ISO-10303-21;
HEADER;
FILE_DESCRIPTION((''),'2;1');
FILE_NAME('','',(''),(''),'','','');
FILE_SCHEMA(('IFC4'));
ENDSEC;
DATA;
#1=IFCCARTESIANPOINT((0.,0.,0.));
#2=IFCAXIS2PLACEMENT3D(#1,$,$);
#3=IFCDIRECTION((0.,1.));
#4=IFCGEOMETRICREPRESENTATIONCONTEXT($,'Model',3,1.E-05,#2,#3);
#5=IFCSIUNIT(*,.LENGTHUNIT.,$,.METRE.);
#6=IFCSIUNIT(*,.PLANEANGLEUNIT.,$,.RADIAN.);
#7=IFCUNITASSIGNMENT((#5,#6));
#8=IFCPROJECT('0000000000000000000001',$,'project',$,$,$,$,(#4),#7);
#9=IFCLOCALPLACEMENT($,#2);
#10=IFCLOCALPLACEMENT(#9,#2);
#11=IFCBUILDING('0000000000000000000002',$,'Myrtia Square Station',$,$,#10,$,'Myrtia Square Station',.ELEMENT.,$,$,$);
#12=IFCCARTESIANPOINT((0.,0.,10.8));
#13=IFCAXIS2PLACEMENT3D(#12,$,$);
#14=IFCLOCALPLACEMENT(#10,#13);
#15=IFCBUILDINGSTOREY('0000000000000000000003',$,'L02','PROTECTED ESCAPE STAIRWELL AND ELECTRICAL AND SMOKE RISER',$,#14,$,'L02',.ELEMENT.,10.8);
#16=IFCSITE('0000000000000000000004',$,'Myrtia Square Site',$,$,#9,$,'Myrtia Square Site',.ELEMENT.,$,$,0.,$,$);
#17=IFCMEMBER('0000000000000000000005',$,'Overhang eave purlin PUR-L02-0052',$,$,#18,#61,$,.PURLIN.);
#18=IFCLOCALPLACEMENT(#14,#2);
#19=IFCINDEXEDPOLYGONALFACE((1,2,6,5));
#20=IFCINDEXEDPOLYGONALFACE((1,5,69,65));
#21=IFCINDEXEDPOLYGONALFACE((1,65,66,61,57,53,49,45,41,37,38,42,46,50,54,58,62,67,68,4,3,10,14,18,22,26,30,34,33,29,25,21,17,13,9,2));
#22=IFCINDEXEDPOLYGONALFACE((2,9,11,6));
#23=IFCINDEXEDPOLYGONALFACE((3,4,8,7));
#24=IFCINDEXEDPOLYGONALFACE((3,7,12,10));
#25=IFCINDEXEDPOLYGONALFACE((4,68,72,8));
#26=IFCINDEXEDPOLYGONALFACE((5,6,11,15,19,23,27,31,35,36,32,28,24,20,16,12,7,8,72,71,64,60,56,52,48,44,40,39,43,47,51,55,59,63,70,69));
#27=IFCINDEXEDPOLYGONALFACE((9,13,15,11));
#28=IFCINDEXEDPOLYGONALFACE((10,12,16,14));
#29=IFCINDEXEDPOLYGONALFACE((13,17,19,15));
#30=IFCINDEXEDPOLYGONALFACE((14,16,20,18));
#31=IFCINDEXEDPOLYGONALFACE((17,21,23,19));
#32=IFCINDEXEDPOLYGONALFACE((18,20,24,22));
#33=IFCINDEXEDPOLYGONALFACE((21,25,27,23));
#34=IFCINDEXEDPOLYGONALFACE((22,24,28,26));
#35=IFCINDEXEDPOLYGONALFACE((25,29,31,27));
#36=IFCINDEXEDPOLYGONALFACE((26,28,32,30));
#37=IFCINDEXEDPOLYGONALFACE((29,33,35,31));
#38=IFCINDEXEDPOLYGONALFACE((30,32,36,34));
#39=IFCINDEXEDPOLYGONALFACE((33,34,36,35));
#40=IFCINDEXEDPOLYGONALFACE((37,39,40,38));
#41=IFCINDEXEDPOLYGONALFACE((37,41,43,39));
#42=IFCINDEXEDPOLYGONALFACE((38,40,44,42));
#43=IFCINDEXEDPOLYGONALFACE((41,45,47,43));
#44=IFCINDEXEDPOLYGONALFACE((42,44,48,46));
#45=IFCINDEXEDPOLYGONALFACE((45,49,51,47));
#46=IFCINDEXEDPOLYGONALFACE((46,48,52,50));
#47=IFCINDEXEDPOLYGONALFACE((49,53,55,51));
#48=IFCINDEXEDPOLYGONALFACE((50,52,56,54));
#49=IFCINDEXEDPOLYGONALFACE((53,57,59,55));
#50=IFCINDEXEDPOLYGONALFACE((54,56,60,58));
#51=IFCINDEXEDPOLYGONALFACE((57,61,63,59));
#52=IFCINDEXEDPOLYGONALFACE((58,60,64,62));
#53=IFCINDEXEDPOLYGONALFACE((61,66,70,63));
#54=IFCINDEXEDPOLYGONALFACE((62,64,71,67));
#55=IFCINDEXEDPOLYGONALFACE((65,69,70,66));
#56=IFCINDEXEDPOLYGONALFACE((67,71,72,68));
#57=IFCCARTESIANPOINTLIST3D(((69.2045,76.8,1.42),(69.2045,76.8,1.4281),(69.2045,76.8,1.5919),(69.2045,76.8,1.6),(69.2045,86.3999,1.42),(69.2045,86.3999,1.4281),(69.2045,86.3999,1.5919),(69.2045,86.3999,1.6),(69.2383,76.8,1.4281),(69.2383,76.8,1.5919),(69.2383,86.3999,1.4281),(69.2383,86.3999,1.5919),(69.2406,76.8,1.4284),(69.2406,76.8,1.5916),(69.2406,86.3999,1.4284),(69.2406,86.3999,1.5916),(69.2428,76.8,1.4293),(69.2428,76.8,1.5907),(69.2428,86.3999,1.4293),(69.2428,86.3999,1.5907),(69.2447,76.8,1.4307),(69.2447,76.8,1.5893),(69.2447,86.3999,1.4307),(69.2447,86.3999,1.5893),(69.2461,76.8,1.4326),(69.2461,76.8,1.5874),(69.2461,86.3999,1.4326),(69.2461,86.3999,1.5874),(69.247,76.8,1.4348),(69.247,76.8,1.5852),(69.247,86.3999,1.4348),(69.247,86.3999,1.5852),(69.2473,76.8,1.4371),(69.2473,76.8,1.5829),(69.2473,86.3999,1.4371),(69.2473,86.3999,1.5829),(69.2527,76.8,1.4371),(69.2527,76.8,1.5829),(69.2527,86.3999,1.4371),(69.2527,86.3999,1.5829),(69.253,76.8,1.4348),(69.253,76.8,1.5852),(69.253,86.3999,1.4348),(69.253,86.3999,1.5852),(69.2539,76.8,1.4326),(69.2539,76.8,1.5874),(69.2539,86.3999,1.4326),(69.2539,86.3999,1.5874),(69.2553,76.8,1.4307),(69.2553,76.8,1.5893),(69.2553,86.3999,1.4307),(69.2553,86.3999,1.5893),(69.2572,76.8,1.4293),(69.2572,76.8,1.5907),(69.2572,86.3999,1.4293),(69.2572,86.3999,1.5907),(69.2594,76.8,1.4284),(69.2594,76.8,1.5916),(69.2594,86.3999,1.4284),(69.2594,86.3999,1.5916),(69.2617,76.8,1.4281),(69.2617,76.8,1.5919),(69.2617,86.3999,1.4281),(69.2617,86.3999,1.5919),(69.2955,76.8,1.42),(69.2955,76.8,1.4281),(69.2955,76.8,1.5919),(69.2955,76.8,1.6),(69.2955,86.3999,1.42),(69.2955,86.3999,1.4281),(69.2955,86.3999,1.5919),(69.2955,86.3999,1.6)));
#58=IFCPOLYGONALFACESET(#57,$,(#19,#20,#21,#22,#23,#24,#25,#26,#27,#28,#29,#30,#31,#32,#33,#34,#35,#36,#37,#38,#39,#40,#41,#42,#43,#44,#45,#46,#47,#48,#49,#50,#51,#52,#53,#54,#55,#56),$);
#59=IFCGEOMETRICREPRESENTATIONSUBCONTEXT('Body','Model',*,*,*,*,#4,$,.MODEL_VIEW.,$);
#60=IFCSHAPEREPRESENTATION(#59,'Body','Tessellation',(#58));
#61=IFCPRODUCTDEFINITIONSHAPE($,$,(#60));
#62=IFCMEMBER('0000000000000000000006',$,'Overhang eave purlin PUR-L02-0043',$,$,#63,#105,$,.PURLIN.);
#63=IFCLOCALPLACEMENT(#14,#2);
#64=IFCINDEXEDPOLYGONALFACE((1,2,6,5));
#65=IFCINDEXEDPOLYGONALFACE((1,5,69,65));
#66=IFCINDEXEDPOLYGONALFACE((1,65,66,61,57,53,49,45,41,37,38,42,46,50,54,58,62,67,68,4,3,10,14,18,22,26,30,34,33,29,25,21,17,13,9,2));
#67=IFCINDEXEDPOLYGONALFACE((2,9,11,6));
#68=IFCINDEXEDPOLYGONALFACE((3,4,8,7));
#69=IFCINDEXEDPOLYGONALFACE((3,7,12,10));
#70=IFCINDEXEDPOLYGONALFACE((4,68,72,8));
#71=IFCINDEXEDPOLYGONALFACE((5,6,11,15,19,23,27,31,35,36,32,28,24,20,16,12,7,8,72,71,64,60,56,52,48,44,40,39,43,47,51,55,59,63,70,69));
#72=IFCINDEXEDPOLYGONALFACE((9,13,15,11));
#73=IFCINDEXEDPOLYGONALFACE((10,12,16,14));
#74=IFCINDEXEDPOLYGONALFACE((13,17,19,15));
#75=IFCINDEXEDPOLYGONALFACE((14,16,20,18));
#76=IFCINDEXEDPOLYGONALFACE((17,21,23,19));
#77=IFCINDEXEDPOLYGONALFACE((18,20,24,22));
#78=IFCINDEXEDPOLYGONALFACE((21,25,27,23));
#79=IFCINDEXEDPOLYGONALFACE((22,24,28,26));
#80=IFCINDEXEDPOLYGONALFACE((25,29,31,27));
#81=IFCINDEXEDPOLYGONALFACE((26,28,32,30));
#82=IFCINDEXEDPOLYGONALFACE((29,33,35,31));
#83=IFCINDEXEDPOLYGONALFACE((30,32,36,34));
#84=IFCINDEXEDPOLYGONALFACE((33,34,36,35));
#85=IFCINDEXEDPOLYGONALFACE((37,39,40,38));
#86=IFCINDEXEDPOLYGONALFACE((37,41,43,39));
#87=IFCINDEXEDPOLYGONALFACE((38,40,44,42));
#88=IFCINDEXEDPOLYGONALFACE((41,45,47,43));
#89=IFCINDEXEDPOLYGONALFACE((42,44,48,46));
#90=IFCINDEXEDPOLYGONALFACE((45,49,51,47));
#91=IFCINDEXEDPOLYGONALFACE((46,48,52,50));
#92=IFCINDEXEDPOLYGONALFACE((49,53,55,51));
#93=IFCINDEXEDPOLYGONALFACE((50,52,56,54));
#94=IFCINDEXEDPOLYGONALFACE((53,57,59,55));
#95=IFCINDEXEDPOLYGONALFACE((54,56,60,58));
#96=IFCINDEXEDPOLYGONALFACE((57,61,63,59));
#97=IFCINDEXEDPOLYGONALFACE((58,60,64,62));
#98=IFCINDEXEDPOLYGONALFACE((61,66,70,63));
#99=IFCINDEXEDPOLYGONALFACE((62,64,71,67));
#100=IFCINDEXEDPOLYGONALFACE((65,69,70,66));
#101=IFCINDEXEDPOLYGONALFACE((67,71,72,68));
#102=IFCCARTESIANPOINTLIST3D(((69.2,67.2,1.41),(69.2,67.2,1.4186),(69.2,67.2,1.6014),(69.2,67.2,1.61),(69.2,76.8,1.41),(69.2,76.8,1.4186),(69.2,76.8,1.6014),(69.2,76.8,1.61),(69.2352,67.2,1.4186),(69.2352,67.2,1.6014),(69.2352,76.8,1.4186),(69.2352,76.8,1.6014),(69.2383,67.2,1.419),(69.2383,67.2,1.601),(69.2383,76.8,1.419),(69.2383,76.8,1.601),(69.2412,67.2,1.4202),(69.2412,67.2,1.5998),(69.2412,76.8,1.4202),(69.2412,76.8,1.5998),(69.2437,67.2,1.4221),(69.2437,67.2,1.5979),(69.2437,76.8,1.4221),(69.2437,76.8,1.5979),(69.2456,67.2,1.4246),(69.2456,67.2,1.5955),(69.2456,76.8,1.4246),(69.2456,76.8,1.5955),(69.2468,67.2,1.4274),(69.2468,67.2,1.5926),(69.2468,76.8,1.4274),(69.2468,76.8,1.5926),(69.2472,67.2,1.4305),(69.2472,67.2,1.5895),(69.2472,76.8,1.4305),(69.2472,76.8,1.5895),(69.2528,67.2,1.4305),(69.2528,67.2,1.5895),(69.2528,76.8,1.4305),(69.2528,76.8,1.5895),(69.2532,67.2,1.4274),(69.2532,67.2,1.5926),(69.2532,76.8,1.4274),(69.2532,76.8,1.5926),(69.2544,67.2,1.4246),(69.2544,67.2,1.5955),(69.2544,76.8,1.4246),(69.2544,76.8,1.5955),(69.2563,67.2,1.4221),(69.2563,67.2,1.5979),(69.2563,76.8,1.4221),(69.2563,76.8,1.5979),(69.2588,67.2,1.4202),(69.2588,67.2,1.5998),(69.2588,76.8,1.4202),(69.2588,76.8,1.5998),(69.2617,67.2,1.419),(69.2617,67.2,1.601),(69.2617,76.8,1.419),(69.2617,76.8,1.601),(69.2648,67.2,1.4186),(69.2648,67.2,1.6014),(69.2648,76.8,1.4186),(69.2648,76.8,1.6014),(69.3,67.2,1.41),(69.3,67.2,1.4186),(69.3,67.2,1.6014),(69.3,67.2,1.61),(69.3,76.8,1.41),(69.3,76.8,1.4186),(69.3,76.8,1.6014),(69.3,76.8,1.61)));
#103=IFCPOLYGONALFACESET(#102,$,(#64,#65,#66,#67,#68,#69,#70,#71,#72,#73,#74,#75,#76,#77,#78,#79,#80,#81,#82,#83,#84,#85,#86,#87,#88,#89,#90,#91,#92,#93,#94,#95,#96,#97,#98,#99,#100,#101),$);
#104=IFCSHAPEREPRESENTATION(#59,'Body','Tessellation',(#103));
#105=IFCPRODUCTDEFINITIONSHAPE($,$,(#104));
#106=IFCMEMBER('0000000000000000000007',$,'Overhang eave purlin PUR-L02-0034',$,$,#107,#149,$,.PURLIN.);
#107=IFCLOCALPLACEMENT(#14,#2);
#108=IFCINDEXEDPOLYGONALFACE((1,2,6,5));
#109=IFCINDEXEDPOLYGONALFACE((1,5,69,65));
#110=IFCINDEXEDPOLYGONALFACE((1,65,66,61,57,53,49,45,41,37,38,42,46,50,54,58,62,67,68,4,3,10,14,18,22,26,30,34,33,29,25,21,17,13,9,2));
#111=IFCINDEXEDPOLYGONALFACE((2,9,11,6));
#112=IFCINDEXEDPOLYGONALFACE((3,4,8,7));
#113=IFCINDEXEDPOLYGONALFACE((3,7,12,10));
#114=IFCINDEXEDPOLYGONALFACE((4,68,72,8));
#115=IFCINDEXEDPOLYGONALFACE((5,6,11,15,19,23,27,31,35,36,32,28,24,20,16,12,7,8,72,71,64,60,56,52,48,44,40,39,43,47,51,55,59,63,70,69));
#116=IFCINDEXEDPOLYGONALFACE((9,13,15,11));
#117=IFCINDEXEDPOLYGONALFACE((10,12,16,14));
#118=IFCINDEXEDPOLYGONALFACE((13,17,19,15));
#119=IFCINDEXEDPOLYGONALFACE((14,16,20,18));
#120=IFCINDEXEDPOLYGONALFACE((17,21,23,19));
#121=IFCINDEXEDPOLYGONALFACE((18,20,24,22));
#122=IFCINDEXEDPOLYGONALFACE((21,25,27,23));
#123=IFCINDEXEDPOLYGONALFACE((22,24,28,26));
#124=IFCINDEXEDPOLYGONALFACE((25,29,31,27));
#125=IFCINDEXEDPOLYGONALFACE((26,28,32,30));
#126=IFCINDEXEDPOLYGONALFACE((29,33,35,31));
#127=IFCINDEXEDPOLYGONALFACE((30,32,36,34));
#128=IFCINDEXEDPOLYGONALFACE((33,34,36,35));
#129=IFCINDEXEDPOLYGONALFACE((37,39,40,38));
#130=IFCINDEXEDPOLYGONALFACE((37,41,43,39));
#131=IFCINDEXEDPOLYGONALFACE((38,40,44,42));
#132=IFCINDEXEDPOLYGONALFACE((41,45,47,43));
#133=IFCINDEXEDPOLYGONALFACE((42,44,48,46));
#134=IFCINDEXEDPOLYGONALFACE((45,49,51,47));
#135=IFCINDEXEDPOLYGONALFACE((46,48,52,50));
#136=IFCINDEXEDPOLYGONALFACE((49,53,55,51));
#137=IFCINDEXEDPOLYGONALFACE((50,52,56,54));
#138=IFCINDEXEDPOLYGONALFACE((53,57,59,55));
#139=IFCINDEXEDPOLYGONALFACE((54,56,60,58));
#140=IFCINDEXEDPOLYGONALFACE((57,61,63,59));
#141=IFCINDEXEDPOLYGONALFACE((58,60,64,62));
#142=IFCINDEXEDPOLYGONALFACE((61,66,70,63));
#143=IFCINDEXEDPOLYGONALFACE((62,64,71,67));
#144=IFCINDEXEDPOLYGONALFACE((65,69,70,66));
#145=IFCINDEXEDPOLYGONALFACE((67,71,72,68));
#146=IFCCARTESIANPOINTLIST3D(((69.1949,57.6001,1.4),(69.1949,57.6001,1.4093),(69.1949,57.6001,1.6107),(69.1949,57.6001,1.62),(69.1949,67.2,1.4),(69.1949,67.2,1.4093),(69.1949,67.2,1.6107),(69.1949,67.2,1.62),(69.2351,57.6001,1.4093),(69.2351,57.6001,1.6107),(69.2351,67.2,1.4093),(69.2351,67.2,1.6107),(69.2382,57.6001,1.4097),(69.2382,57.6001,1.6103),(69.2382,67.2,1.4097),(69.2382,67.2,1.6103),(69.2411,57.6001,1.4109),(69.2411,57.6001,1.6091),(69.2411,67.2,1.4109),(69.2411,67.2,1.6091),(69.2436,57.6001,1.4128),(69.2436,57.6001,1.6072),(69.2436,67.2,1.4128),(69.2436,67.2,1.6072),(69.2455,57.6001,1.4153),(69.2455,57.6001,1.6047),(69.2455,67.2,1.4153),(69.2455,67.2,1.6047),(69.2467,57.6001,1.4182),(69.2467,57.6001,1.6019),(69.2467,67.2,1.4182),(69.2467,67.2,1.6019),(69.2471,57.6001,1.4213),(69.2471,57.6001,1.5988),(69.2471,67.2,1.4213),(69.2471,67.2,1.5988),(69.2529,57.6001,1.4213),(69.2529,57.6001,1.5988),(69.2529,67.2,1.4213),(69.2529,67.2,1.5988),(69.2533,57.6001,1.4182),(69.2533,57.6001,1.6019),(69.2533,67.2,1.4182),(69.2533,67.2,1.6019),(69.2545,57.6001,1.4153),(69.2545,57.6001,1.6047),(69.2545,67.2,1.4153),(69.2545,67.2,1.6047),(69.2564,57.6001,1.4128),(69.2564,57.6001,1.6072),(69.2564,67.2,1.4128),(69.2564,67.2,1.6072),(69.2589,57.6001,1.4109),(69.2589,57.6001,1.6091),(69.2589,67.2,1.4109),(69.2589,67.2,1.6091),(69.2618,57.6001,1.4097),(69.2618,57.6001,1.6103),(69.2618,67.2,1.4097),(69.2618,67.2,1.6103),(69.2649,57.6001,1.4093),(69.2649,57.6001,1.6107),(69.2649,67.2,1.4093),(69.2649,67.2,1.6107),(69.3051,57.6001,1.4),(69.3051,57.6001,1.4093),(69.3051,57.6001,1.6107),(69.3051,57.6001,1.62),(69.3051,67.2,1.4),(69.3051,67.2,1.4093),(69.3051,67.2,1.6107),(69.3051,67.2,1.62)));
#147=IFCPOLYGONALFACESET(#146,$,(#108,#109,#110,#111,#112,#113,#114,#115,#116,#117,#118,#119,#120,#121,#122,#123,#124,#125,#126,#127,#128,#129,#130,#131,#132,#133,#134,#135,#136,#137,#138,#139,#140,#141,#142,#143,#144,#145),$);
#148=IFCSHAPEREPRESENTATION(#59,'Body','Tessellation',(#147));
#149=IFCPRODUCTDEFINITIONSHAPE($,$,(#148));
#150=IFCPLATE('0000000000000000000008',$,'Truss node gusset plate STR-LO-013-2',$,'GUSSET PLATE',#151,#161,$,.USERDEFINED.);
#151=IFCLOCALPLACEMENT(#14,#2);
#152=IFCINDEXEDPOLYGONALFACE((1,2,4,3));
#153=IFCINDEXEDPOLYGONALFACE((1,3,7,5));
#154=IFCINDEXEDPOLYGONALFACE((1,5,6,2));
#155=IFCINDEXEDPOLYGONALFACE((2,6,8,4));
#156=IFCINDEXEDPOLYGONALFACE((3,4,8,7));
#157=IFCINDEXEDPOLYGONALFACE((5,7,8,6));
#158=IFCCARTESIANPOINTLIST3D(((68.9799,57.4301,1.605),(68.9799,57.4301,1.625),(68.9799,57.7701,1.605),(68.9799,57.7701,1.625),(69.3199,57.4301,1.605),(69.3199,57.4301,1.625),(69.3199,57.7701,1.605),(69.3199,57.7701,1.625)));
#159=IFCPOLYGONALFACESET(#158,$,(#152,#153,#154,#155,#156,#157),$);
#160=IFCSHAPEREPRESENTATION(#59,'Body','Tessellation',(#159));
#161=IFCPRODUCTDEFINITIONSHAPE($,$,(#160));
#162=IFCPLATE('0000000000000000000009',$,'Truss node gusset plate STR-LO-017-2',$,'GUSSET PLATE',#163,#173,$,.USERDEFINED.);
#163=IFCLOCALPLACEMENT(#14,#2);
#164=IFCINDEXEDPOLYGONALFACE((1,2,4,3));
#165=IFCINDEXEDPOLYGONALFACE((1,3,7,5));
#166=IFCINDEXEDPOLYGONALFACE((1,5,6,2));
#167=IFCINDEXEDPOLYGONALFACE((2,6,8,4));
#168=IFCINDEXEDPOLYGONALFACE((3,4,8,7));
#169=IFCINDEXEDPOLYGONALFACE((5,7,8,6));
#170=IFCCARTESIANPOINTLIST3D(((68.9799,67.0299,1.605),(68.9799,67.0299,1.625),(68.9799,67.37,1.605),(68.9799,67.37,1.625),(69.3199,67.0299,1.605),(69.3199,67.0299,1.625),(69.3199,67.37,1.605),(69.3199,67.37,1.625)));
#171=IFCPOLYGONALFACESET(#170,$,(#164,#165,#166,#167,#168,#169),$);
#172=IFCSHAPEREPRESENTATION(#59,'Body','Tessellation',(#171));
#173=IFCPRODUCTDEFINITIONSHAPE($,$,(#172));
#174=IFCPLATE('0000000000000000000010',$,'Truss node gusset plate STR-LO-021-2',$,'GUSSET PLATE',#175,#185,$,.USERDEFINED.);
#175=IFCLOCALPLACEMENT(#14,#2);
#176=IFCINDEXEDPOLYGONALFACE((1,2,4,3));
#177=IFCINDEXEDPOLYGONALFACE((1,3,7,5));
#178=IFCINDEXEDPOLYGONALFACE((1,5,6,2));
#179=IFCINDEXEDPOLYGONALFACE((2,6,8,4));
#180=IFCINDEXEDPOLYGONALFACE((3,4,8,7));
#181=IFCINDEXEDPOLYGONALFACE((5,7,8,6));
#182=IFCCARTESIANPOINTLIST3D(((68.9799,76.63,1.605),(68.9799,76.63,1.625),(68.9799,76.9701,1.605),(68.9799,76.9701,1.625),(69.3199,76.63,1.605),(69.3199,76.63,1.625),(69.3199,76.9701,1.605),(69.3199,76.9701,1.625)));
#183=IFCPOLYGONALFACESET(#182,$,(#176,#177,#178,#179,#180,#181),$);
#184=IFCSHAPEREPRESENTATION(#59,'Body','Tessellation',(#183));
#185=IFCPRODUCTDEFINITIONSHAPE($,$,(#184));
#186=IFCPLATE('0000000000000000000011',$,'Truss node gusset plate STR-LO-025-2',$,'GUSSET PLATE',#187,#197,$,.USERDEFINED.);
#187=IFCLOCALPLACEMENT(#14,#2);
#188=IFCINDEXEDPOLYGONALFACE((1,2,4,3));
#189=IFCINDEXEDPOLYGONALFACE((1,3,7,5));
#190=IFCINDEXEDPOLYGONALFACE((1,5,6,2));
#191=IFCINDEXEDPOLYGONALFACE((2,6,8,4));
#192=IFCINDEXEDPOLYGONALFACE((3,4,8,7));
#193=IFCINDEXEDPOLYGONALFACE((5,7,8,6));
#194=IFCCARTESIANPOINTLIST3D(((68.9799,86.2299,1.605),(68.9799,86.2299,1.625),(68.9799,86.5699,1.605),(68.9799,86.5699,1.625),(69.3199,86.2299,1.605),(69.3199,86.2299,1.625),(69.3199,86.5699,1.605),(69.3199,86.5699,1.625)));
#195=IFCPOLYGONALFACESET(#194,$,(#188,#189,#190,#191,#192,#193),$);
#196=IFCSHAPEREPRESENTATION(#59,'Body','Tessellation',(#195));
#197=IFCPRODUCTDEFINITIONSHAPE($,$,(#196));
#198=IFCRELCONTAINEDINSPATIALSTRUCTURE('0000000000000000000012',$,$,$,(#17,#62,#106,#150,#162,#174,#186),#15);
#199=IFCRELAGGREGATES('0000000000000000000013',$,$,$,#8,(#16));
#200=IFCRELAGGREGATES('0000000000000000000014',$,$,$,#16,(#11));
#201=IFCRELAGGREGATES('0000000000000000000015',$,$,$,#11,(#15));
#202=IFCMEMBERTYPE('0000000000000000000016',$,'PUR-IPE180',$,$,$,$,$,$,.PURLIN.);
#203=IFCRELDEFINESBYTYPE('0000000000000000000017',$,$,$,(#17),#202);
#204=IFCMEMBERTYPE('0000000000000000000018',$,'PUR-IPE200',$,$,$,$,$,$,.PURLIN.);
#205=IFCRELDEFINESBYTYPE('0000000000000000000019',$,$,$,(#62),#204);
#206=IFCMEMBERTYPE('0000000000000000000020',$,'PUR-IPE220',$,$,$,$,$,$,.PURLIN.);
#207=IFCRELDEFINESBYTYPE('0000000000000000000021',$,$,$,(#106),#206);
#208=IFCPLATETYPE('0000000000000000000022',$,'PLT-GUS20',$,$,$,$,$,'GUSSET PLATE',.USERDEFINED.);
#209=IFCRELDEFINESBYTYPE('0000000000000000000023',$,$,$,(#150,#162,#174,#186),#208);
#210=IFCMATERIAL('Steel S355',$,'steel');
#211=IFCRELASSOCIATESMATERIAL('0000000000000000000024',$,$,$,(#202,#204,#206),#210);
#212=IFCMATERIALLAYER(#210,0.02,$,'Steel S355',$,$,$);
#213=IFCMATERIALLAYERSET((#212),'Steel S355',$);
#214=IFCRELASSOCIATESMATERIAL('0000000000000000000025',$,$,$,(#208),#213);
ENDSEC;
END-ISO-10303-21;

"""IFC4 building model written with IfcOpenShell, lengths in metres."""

from ifc_helpers import new_model, si_unit, direction, frame, origin, origin_2d, place, context, subcontext, project, spatial, rectangle, i_section, extrude, material, layer, layer_set, material_profile, profile_set, type_object, element, save


model = new_model("IFC4")

# Units and contexts
model_context = context("Model", 3, precision=1e-05, world=origin(), true_north=direction((0.0, 1.0)))
body_context = subcontext(model_context, "Body", "Model", "MODEL_VIEW")
ifc_project = project(units=[si_unit("LENGTHUNIT", "METRE"), si_unit("PLANEANGLEUNIT", "RADIAN")], contexts=[model_context])

# Site, building, storey
site_placement = place(None, origin())
site = spatial("IfcSite", under=ifc_project, at=site_placement, Name="Myrtia Square Site", LongName="Myrtia Square Site", CompositionType="ELEMENT", RefElevation=0.0)
building_placement = place(site_placement, origin())
building = spatial("IfcBuilding", under=site, at=building_placement, Name="Myrtia Square Station", LongName="Myrtia Square Station", CompositionType="ELEMENT")
storey_placement = place(building_placement, frame((0.0, 0.0, 10.8)))
storey = spatial("IfcBuildingStorey", under=building, at=storey_placement, Name="L02", Description="PROTECTED ESCAPE STAIRWELL AND ELECTRICAL AND SMOKE RISER", LongName="L02", CompositionType="ELEMENT", Elevation=10.8)

# Members
ifc_material_1 = material(Name="Steel S355", Category="steel")
ifc_material_profile_1 = material_profile(ifc_material_1, i_section(OverallWidth=0.0911, OverallDepth=0.1799, WebThickness=0.0054, FlangeThickness=0.0081, FilletRadius=0.009, at=origin_2d()), Name="IPE 180")
ifc_profile_set_1 = profile_set([ifc_material_profile_1], Name="Steel S355")
member_type_1 = type_object("IfcMemberType", Name="PUR-IPE180", PredefinedType="PURLIN", material=ifc_profile_set_1)
member_1_placement = place(storey_placement, frame((69.25, 76.8, 1.51), z_axis=(0.0, 1.0, 0.0), x_axis=(-1.0, 0.0, 0.0)))
element("IfcMember", 1, at=member_1_placement, inside=storey, type_object=member_type_1, Name="Overhang eave purlin PUR-L02-0052", PredefinedType="PURLIN", context=body_context, shape_type="SweptSolid", body=[
    extrude(i_section(OverallWidth=0.0911, OverallDepth=0.1799, WebThickness=0.0054, FlangeThickness=0.0081, FilletRadius=0.009, at=origin_2d()), origin(), (0.0, 0.0, 1.0), 9.5999),
])
ifc_material_profile_2 = material_profile(ifc_material_1, i_section(OverallWidth=0.1001, OverallDepth=0.2, WebThickness=0.0056, FlangeThickness=0.0085, FilletRadius=0.012, at=origin_2d()), Name="IPE 200")
ifc_profile_set_2 = profile_set([ifc_material_profile_2], Name="Steel S355")
member_type_2 = type_object("IfcMemberType", Name="PUR-IPE200", PredefinedType="PURLIN", material=ifc_profile_set_2)
member_2_placement = place(storey_placement, frame((69.25, 67.2, 1.51), z_axis=(0.0, 1.0, 0.0), x_axis=(-1.0, 0.0, 0.0)))
element("IfcMember", 2, at=member_2_placement, inside=storey, type_object=member_type_2, Name="Overhang eave purlin PUR-L02-0043", PredefinedType="PURLIN", context=body_context, shape_type="SweptSolid", body=[
    extrude(i_section(OverallWidth=0.1001, OverallDepth=0.2, WebThickness=0.0056, FlangeThickness=0.0085, FilletRadius=0.012, at=origin_2d()), origin(), (0.0, 0.0, 1.0), 9.6001),
])
ifc_material_profile_3 = material_profile(ifc_material_1, i_section(OverallWidth=0.1101, OverallDepth=0.22, WebThickness=0.0059, FlangeThickness=0.0093, FilletRadius=0.012, at=origin_2d()), Name="IPE 220")
ifc_profile_set_3 = profile_set([ifc_material_profile_3], Name="Steel S355")
member_type_3 = type_object("IfcMemberType", Name="PUR-IPE220", PredefinedType="PURLIN", material=ifc_profile_set_3)
member_3_placement = place(storey_placement, frame((69.25, 57.6001, 1.51), z_axis=(0.0, 1.0, 0.0), x_axis=(-1.0, 0.0, 0.0)))
element("IfcMember", 3, at=member_3_placement, inside=storey, type_object=member_type_3, Name="Overhang eave purlin PUR-L02-0034", PredefinedType="PURLIN", context=body_context, shape_type="SweptSolid", body=[
    extrude(i_section(OverallWidth=0.1101, OverallDepth=0.22, WebThickness=0.0059, FlangeThickness=0.0093, FilletRadius=0.012, at=origin_2d()), origin(), (0.0, 0.0, 1.0), 9.5999),
])

# Plates
ifc_layer_1 = layer(ifc_material_1, 0.02, Name="Steel S355")
ifc_layer_set_1 = layer_set([ifc_layer_1], Name="Steel S355")
plate_type = type_object("IfcPlateType", Name="PLT-GUS20", ElementType="GUSSET PLATE", PredefinedType="USERDEFINED", material=ifc_layer_set_1)
for number, where, z_axis, x_axis, name in (
    (4, (69.1499, 57.6001, 1.605), (0.0, 0.0, 1.0), (-1.0, 0.0, 0.0), "Truss node gusset plate STR-LO-013-2"),
    (5, (69.1499, 67.2, 1.605), (0.0, 0.0, 1.0), (-1.0, 0.0, 0.0), "Truss node gusset plate STR-LO-017-2"),
    (6, (69.1499, 76.8, 1.605), (0.0, 0.0, 1.0), (-1.0, 0.0, 0.0), "Truss node gusset plate STR-LO-021-2"),
    (7, (69.1499, 86.3999, 1.605), (0.0, 0.0, 1.0), (-1.0, 0.0, 0.0), "Truss node gusset plate STR-LO-025-2"),
):
    element("IfcPlate", number, at=place(storey_placement, frame(where, z_axis=z_axis, x_axis=x_axis)), inside=storey, type_object=plate_type, Name=name, ObjectType="GUSSET PLATE", PredefinedType="USERDEFINED", context=body_context, shape_type="SweptSolid", body=[
        extrude(rectangle(XDim=0.3401, YDim=0.3401, at=origin_2d()), origin(), (0.0, 0.0, 1.0), 0.02),
    ])

save(model, "model.ifc")
